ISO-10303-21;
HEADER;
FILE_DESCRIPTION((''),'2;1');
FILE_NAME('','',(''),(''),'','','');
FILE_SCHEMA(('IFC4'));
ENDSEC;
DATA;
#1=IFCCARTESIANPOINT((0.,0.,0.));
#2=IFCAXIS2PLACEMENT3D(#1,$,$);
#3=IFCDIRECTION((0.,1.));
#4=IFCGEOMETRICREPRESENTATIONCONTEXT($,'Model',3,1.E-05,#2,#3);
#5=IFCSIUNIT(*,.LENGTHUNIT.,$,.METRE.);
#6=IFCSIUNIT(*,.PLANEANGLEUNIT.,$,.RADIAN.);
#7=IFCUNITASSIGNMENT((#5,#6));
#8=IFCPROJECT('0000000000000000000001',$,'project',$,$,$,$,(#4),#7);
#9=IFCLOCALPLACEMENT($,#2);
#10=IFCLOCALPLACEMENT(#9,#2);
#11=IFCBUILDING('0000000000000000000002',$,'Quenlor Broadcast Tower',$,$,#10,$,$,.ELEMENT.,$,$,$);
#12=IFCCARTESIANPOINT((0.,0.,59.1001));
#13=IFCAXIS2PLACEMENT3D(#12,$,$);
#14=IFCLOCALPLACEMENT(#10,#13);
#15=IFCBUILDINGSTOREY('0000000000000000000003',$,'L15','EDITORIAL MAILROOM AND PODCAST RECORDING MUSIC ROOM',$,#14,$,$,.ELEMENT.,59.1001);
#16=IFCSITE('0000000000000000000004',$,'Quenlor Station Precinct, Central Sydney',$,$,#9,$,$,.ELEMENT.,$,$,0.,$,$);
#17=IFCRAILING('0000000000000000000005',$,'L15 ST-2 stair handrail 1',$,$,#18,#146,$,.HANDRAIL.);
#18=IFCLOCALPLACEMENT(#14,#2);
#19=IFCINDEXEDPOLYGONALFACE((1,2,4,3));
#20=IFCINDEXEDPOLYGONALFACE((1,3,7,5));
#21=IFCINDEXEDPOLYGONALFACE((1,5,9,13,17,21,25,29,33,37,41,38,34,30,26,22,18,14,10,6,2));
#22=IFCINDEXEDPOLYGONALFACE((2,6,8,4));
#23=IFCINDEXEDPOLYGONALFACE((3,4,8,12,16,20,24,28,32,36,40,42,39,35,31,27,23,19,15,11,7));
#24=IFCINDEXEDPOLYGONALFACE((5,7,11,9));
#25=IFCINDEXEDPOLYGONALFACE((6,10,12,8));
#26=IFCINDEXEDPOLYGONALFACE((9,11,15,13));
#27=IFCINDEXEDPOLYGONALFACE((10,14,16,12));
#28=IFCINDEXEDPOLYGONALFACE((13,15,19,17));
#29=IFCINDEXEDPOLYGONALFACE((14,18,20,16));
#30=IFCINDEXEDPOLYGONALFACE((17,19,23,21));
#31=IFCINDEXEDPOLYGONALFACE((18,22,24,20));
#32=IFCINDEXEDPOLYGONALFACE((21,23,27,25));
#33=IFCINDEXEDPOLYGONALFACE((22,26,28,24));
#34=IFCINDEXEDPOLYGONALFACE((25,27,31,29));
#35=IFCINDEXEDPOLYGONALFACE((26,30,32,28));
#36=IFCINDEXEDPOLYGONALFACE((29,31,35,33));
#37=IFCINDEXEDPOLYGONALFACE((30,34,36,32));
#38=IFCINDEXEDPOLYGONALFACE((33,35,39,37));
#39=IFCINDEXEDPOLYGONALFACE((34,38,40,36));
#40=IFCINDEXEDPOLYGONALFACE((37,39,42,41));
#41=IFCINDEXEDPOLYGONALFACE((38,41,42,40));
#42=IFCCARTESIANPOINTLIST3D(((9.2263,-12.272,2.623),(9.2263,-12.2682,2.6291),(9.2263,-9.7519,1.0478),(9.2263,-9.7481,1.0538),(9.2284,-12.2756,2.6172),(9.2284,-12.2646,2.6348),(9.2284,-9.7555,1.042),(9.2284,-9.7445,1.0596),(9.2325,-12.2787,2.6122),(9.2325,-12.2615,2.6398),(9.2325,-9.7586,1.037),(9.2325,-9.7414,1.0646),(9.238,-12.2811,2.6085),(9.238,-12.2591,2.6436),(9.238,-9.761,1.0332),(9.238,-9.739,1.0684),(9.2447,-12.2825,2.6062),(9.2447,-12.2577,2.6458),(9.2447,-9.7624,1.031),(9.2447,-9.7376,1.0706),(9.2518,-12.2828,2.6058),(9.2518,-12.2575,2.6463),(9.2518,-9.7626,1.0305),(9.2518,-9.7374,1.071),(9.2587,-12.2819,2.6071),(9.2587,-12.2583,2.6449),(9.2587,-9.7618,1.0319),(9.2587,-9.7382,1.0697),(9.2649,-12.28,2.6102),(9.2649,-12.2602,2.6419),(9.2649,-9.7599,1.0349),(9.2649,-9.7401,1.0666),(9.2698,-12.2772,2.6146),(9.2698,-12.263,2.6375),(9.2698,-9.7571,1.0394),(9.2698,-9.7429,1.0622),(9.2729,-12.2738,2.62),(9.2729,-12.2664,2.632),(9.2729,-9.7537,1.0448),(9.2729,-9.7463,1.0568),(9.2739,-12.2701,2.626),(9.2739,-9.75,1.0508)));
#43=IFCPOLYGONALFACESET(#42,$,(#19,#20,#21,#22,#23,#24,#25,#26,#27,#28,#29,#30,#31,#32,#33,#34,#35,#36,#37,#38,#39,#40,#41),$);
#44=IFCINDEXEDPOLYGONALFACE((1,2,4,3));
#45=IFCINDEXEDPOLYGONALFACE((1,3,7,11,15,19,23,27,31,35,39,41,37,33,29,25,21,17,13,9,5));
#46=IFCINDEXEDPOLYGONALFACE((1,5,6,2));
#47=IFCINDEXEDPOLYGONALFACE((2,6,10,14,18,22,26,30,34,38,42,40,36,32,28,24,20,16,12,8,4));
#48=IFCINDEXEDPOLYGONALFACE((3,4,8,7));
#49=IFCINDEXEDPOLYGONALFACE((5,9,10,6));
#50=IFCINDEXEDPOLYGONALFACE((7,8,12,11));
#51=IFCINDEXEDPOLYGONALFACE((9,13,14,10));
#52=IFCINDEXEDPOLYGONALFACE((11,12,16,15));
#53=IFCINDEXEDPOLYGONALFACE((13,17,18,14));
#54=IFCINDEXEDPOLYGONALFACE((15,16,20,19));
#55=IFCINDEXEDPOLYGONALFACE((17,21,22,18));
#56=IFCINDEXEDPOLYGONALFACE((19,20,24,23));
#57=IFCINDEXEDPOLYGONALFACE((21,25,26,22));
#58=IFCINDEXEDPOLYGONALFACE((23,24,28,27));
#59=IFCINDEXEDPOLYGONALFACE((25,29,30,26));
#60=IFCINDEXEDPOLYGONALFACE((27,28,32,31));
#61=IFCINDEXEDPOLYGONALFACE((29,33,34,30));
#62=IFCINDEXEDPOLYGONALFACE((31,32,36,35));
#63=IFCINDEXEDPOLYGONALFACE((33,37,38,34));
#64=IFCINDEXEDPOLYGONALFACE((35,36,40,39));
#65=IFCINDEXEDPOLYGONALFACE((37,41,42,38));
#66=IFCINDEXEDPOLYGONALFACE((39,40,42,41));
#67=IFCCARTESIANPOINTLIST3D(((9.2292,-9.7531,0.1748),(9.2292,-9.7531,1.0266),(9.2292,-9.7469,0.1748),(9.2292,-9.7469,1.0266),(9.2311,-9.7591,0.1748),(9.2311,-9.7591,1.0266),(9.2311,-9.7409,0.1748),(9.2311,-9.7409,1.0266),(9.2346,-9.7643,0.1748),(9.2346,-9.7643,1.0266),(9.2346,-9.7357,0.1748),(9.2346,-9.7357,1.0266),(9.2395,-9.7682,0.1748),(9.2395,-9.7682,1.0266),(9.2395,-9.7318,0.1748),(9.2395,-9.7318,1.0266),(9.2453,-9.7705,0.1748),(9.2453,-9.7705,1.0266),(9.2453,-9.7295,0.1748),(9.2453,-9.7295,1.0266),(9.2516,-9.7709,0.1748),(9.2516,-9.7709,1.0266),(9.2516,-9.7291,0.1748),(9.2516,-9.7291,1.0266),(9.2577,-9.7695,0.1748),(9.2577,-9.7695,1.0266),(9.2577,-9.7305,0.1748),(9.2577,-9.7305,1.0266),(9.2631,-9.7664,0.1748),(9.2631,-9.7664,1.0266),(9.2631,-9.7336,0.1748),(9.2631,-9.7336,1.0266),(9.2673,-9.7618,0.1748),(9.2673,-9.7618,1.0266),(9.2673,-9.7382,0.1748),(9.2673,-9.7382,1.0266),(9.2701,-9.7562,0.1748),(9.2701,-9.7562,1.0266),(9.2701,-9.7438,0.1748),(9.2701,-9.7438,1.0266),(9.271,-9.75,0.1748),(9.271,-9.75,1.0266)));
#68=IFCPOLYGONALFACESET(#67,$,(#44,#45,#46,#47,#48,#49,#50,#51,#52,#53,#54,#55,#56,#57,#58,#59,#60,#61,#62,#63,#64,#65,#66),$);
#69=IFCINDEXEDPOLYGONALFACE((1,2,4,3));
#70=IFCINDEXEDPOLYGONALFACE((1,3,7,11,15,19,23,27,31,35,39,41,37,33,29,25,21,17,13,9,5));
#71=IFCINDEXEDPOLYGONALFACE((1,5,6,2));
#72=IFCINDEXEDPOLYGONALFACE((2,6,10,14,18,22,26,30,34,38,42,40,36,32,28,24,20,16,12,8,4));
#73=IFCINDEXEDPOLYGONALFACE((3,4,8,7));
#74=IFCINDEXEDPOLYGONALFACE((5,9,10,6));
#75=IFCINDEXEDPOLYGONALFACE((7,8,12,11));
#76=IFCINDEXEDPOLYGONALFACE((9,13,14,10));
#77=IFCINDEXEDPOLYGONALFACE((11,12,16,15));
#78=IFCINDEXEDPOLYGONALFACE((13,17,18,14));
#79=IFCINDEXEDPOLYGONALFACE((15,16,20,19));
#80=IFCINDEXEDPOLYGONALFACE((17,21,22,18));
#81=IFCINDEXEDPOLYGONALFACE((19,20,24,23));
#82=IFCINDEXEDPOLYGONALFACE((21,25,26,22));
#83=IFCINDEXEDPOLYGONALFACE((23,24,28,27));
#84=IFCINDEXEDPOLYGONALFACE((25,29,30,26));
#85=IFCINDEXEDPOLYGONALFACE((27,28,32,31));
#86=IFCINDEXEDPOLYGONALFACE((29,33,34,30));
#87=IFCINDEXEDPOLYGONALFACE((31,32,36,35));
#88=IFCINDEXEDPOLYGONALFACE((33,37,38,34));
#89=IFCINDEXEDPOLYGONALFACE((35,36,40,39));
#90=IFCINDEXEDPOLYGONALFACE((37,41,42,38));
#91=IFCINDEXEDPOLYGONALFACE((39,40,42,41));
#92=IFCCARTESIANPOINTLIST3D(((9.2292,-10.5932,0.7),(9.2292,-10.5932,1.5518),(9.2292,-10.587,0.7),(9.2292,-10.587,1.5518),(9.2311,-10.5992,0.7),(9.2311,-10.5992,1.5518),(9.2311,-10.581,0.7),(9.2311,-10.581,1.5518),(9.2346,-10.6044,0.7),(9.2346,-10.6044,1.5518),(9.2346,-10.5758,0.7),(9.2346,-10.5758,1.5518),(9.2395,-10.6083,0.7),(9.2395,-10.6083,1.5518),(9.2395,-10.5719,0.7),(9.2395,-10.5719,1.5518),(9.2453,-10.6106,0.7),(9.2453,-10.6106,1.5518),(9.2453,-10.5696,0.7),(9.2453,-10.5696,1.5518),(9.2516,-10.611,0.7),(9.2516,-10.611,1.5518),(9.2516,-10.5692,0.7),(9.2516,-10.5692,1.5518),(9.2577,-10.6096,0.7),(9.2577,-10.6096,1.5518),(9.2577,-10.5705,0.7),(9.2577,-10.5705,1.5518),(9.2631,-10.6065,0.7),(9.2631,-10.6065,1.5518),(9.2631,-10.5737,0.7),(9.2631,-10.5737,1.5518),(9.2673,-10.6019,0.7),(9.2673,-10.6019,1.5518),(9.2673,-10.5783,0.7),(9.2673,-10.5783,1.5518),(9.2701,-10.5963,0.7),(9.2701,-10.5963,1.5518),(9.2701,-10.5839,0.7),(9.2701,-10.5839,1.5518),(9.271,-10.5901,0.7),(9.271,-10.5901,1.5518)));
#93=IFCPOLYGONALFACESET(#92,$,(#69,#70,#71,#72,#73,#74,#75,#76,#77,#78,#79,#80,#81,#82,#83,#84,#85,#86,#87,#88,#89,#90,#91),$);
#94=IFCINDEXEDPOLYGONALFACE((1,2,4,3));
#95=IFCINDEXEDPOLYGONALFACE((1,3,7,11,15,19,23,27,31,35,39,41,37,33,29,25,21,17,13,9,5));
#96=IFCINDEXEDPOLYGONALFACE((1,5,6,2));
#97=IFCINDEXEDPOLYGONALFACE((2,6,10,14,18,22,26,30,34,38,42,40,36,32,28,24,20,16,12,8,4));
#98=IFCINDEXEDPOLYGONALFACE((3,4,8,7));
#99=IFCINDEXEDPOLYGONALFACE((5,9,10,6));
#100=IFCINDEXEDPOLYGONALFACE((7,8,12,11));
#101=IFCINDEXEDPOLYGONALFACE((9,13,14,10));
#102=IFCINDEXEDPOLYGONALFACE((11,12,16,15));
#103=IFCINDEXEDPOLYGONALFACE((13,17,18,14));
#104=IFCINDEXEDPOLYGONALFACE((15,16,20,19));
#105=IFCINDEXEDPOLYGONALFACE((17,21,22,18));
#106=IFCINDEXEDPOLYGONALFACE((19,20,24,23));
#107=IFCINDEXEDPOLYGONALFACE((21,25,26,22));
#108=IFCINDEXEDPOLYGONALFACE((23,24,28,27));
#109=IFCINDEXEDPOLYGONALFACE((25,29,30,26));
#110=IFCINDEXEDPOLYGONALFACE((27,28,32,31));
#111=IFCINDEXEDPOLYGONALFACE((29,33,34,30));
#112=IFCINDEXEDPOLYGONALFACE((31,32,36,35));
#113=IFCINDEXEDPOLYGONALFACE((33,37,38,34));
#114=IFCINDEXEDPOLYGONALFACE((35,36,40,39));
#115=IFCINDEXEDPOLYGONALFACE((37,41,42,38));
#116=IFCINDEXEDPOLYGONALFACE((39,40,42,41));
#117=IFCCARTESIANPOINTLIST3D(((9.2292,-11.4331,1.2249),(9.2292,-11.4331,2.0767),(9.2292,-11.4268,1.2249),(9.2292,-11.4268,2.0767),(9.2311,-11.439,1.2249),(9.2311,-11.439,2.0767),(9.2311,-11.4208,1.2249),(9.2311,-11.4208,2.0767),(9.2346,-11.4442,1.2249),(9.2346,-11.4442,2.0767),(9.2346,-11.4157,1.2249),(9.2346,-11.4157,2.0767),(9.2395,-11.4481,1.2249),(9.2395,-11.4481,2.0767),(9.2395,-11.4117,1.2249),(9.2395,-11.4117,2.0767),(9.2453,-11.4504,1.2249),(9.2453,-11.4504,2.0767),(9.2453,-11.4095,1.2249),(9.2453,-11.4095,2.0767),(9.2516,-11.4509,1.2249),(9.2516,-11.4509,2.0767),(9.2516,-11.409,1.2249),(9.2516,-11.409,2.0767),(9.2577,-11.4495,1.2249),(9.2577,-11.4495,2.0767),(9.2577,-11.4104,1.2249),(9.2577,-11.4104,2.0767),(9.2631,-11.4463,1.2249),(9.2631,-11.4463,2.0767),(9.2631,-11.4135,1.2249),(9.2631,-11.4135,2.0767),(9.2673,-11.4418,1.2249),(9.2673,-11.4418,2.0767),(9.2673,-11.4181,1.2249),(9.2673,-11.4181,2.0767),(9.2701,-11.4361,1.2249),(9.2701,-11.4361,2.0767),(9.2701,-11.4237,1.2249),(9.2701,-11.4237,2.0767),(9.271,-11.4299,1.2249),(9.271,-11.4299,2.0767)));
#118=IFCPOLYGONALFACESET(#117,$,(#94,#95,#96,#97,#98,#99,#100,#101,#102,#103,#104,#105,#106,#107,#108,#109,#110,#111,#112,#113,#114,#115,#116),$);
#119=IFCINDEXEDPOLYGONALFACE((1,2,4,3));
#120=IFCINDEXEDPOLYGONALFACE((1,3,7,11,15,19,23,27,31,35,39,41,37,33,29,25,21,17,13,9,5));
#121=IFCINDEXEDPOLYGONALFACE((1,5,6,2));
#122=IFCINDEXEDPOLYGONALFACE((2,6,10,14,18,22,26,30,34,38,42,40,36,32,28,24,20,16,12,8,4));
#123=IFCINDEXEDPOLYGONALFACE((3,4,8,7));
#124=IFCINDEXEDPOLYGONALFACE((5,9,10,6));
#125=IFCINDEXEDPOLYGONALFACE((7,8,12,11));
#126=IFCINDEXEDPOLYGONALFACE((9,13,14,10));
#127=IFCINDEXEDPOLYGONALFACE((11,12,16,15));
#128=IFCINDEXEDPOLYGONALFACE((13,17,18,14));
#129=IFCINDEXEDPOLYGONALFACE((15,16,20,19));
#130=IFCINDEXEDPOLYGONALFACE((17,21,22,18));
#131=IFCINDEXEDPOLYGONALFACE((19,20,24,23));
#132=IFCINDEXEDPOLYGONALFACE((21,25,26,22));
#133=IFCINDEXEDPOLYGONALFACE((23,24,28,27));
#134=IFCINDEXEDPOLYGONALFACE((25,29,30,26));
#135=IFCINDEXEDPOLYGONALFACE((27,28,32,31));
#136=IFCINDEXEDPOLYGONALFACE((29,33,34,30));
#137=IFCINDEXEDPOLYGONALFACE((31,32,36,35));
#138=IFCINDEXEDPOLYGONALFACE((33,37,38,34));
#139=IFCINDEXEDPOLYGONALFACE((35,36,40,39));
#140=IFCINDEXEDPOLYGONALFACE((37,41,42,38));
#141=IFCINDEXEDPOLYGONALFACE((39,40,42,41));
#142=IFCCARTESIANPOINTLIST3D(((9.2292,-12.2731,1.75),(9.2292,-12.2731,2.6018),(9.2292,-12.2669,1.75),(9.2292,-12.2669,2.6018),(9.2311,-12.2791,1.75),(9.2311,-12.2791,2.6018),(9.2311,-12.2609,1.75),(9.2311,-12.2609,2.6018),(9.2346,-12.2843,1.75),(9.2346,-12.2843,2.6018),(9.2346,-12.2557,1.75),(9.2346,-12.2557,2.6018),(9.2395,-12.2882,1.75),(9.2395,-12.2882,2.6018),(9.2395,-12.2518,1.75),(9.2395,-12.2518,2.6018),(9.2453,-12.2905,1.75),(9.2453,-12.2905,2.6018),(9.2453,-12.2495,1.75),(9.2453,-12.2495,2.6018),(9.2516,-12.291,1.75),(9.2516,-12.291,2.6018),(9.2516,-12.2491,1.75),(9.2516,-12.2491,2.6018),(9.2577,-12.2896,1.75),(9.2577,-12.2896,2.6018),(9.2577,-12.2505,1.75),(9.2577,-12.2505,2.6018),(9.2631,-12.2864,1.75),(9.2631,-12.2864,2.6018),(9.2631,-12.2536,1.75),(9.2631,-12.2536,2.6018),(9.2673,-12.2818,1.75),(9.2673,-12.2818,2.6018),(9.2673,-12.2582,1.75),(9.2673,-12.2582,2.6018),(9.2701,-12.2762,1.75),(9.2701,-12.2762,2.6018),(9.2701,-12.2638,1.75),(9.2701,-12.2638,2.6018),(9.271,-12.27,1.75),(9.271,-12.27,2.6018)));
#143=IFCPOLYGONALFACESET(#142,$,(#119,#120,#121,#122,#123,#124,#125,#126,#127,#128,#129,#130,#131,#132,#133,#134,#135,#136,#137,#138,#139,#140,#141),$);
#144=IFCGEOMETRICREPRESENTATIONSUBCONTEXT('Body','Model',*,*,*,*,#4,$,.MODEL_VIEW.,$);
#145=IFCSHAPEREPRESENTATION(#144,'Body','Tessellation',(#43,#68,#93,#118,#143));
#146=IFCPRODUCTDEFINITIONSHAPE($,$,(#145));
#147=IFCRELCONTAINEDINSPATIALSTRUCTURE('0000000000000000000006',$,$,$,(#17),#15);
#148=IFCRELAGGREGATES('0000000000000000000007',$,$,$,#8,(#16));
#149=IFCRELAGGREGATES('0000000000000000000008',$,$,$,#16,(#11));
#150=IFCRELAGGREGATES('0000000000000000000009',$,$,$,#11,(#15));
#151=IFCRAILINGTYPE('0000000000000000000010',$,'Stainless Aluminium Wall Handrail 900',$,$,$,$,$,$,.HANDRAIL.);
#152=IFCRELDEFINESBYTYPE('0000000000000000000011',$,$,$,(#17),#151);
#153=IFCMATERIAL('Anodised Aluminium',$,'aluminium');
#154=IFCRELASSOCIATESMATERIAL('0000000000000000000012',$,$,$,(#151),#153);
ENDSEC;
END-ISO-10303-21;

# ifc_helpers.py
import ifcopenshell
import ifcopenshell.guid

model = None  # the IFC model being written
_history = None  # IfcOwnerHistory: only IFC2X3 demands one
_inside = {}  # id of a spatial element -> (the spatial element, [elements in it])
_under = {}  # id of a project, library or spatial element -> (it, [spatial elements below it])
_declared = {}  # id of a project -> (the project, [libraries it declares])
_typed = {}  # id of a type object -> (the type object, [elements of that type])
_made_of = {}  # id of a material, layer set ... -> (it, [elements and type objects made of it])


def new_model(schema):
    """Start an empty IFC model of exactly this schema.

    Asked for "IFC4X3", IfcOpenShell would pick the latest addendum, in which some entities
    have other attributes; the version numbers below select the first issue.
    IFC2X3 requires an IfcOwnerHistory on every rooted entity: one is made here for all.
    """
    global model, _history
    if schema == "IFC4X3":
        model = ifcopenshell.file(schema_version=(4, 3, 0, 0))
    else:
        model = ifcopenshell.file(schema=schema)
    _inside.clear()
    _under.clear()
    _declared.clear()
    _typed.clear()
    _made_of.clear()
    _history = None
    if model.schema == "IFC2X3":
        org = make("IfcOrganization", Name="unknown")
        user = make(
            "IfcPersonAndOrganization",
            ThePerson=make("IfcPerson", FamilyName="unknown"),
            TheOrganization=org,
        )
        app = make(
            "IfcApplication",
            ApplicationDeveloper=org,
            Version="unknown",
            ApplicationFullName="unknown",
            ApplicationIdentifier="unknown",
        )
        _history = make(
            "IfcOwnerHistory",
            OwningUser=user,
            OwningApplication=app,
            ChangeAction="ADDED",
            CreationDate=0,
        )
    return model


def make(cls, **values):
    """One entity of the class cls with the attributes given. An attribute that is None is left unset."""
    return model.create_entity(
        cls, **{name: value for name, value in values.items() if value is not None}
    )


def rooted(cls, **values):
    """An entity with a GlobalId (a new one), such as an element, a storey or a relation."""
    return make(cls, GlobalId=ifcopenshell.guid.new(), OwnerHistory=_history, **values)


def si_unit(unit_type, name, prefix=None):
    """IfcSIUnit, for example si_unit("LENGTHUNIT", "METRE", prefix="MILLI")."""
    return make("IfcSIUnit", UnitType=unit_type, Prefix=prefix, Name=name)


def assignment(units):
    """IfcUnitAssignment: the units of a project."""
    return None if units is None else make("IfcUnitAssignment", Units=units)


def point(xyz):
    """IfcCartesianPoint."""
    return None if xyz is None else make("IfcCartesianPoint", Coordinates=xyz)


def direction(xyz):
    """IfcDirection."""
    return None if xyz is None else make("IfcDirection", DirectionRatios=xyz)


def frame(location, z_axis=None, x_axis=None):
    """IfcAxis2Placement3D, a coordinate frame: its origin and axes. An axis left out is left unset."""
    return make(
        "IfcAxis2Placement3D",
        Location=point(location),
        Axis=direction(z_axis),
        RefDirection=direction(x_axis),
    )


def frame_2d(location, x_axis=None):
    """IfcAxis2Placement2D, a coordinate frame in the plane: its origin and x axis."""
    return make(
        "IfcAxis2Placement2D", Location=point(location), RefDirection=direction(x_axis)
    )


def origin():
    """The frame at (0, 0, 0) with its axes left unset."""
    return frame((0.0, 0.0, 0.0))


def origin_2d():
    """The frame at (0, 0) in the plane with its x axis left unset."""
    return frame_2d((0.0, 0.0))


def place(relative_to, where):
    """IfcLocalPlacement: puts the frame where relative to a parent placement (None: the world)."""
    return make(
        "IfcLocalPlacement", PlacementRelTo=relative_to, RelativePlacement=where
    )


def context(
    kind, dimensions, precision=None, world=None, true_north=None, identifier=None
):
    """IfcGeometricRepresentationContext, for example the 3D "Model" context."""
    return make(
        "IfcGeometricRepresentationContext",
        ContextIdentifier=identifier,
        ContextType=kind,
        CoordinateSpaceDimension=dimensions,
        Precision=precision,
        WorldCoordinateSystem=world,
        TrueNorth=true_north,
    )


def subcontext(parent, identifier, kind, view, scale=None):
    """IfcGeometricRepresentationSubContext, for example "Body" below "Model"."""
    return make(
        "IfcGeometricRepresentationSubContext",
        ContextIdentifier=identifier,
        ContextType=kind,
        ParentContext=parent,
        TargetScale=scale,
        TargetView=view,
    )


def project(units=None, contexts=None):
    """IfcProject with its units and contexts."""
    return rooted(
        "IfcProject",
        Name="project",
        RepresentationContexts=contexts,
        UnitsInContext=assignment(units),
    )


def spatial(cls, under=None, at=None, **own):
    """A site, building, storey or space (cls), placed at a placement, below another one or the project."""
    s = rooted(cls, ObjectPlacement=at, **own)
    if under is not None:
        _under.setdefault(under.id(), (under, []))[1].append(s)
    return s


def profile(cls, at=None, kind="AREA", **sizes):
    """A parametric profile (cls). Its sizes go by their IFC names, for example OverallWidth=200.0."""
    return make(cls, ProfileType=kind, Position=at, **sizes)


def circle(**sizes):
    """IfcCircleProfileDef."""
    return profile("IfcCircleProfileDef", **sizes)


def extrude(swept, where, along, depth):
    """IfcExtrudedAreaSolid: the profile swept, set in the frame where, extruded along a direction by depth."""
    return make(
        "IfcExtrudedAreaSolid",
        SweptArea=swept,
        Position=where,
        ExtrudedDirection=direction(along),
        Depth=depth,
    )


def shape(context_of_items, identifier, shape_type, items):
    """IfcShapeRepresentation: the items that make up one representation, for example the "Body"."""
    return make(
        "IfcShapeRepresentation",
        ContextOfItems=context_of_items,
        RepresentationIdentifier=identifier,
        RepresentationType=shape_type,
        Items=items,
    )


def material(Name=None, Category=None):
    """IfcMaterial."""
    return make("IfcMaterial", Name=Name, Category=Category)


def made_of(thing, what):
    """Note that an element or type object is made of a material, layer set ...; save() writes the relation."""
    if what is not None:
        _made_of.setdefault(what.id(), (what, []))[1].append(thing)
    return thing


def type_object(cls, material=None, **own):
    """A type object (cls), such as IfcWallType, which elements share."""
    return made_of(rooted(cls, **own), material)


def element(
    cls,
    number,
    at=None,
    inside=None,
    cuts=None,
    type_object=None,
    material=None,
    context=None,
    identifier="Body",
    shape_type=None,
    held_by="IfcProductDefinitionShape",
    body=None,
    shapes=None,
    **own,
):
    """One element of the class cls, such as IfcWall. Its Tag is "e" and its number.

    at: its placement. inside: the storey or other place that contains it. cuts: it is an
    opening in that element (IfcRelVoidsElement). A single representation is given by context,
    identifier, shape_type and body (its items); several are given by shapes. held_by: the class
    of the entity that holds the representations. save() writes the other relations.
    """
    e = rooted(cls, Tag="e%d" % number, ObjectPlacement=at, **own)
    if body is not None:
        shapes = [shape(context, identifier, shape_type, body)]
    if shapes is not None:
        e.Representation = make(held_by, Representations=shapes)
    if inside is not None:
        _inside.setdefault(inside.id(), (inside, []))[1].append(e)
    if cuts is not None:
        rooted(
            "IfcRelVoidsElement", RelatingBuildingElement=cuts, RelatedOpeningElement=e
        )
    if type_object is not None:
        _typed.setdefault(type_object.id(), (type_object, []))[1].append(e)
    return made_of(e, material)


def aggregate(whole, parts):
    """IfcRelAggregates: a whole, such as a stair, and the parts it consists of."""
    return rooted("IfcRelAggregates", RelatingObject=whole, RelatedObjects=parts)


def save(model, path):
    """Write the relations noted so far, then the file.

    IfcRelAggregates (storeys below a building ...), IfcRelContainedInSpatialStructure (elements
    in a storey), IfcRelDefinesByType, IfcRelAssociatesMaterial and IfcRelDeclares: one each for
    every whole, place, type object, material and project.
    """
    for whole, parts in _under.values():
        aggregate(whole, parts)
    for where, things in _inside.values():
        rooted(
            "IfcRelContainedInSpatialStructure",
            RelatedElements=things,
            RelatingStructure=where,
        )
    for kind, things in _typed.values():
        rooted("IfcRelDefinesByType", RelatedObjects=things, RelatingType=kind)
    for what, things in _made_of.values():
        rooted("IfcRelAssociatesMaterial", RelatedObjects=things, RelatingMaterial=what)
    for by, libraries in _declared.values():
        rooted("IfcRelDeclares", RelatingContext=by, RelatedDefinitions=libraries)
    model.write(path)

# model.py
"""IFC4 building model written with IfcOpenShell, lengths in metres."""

from ifc_helpers import new_model, si_unit, direction, frame, origin, origin_2d, place, context, subcontext, project, spatial, circle, extrude, material, type_object, element, save


model = new_model("IFC4")

# Units and contexts
model_context = context("Model", 3, precision=1e-05, world=origin(), true_north=direction((0.0, 1.0)))
body_context = subcontext(model_context, "Body", "Model", "MODEL_VIEW")
ifc_project = project(units=[si_unit("LENGTHUNIT", "METRE"), si_unit("PLANEANGLEUNIT", "RADIAN")], contexts=[model_context])

# Site, building, storey
site_placement = place(None, origin())
site = spatial("IfcSite", under=ifc_project, at=site_placement, Name="Quenlor Station Precinct, Central Sydney", CompositionType="ELEMENT", RefElevation=0.0)
building_placement = place(site_placement, origin())
building = spatial("IfcBuilding", under=site, at=building_placement, Name="Quenlor Broadcast Tower", CompositionType="ELEMENT")
storey_placement = place(building_placement, frame((0.0, 0.0, 59.1001)))
storey = spatial("IfcBuildingStorey", under=building, at=storey_placement, Name="L15", Description="EDITORIAL MAILROOM AND PODCAST RECORDING MUSIC ROOM", CompositionType="ELEMENT", Elevation=59.1001)

# Railing
ifc_material_1 = material(Name="Anodised Aluminium", Category="aluminium")
railing_type_1 = type_object("IfcRailingType", Name="Stainless Aluminium Wall Handrail 900", PredefinedType="HANDRAIL", material=ifc_material_1)
railing_1_placement = place(storey_placement, frame((9.25, -9.75, 0.1748)))
element("IfcRailing", 1, at=railing_1_placement, inside=storey, type_object=railing_type_1, Name="L15 ST-2 stair handrail 1", PredefinedType="HANDRAIL", context=body_context, shape_type="SweptSolid", body=[
    extrude(circle(Radius=0.0239, at=origin_2d()), frame((0.0, 0.0, 0.876), z_axis=(0.0, -0.847971, 0.530043), x_axis=(1.0, 0.0, 0.0)), (0.0, 0.0, 1.0), 2.9719),
    extrude(circle(Radius=0.021, at=origin_2d()), origin(), (0.0, 0.0, 1.0), 0.8518),
    extrude(circle(Radius=0.021, at=origin_2d()), frame((0.0, -0.8401, 0.5251)), (0.0, 0.0, 1.0), 0.8518),
    extrude(circle(Radius=0.021, at=origin_2d()), frame((0.0, -1.6799, 1.05)), (0.0, 0.0, 1.0), 0.8518),
    extrude(circle(Radius=0.021, at=origin_2d()), frame((0.0, -2.52, 1.5752)), (0.0, 0.0, 1.0), 0.8518),
])

save(model, "model.ifc")
